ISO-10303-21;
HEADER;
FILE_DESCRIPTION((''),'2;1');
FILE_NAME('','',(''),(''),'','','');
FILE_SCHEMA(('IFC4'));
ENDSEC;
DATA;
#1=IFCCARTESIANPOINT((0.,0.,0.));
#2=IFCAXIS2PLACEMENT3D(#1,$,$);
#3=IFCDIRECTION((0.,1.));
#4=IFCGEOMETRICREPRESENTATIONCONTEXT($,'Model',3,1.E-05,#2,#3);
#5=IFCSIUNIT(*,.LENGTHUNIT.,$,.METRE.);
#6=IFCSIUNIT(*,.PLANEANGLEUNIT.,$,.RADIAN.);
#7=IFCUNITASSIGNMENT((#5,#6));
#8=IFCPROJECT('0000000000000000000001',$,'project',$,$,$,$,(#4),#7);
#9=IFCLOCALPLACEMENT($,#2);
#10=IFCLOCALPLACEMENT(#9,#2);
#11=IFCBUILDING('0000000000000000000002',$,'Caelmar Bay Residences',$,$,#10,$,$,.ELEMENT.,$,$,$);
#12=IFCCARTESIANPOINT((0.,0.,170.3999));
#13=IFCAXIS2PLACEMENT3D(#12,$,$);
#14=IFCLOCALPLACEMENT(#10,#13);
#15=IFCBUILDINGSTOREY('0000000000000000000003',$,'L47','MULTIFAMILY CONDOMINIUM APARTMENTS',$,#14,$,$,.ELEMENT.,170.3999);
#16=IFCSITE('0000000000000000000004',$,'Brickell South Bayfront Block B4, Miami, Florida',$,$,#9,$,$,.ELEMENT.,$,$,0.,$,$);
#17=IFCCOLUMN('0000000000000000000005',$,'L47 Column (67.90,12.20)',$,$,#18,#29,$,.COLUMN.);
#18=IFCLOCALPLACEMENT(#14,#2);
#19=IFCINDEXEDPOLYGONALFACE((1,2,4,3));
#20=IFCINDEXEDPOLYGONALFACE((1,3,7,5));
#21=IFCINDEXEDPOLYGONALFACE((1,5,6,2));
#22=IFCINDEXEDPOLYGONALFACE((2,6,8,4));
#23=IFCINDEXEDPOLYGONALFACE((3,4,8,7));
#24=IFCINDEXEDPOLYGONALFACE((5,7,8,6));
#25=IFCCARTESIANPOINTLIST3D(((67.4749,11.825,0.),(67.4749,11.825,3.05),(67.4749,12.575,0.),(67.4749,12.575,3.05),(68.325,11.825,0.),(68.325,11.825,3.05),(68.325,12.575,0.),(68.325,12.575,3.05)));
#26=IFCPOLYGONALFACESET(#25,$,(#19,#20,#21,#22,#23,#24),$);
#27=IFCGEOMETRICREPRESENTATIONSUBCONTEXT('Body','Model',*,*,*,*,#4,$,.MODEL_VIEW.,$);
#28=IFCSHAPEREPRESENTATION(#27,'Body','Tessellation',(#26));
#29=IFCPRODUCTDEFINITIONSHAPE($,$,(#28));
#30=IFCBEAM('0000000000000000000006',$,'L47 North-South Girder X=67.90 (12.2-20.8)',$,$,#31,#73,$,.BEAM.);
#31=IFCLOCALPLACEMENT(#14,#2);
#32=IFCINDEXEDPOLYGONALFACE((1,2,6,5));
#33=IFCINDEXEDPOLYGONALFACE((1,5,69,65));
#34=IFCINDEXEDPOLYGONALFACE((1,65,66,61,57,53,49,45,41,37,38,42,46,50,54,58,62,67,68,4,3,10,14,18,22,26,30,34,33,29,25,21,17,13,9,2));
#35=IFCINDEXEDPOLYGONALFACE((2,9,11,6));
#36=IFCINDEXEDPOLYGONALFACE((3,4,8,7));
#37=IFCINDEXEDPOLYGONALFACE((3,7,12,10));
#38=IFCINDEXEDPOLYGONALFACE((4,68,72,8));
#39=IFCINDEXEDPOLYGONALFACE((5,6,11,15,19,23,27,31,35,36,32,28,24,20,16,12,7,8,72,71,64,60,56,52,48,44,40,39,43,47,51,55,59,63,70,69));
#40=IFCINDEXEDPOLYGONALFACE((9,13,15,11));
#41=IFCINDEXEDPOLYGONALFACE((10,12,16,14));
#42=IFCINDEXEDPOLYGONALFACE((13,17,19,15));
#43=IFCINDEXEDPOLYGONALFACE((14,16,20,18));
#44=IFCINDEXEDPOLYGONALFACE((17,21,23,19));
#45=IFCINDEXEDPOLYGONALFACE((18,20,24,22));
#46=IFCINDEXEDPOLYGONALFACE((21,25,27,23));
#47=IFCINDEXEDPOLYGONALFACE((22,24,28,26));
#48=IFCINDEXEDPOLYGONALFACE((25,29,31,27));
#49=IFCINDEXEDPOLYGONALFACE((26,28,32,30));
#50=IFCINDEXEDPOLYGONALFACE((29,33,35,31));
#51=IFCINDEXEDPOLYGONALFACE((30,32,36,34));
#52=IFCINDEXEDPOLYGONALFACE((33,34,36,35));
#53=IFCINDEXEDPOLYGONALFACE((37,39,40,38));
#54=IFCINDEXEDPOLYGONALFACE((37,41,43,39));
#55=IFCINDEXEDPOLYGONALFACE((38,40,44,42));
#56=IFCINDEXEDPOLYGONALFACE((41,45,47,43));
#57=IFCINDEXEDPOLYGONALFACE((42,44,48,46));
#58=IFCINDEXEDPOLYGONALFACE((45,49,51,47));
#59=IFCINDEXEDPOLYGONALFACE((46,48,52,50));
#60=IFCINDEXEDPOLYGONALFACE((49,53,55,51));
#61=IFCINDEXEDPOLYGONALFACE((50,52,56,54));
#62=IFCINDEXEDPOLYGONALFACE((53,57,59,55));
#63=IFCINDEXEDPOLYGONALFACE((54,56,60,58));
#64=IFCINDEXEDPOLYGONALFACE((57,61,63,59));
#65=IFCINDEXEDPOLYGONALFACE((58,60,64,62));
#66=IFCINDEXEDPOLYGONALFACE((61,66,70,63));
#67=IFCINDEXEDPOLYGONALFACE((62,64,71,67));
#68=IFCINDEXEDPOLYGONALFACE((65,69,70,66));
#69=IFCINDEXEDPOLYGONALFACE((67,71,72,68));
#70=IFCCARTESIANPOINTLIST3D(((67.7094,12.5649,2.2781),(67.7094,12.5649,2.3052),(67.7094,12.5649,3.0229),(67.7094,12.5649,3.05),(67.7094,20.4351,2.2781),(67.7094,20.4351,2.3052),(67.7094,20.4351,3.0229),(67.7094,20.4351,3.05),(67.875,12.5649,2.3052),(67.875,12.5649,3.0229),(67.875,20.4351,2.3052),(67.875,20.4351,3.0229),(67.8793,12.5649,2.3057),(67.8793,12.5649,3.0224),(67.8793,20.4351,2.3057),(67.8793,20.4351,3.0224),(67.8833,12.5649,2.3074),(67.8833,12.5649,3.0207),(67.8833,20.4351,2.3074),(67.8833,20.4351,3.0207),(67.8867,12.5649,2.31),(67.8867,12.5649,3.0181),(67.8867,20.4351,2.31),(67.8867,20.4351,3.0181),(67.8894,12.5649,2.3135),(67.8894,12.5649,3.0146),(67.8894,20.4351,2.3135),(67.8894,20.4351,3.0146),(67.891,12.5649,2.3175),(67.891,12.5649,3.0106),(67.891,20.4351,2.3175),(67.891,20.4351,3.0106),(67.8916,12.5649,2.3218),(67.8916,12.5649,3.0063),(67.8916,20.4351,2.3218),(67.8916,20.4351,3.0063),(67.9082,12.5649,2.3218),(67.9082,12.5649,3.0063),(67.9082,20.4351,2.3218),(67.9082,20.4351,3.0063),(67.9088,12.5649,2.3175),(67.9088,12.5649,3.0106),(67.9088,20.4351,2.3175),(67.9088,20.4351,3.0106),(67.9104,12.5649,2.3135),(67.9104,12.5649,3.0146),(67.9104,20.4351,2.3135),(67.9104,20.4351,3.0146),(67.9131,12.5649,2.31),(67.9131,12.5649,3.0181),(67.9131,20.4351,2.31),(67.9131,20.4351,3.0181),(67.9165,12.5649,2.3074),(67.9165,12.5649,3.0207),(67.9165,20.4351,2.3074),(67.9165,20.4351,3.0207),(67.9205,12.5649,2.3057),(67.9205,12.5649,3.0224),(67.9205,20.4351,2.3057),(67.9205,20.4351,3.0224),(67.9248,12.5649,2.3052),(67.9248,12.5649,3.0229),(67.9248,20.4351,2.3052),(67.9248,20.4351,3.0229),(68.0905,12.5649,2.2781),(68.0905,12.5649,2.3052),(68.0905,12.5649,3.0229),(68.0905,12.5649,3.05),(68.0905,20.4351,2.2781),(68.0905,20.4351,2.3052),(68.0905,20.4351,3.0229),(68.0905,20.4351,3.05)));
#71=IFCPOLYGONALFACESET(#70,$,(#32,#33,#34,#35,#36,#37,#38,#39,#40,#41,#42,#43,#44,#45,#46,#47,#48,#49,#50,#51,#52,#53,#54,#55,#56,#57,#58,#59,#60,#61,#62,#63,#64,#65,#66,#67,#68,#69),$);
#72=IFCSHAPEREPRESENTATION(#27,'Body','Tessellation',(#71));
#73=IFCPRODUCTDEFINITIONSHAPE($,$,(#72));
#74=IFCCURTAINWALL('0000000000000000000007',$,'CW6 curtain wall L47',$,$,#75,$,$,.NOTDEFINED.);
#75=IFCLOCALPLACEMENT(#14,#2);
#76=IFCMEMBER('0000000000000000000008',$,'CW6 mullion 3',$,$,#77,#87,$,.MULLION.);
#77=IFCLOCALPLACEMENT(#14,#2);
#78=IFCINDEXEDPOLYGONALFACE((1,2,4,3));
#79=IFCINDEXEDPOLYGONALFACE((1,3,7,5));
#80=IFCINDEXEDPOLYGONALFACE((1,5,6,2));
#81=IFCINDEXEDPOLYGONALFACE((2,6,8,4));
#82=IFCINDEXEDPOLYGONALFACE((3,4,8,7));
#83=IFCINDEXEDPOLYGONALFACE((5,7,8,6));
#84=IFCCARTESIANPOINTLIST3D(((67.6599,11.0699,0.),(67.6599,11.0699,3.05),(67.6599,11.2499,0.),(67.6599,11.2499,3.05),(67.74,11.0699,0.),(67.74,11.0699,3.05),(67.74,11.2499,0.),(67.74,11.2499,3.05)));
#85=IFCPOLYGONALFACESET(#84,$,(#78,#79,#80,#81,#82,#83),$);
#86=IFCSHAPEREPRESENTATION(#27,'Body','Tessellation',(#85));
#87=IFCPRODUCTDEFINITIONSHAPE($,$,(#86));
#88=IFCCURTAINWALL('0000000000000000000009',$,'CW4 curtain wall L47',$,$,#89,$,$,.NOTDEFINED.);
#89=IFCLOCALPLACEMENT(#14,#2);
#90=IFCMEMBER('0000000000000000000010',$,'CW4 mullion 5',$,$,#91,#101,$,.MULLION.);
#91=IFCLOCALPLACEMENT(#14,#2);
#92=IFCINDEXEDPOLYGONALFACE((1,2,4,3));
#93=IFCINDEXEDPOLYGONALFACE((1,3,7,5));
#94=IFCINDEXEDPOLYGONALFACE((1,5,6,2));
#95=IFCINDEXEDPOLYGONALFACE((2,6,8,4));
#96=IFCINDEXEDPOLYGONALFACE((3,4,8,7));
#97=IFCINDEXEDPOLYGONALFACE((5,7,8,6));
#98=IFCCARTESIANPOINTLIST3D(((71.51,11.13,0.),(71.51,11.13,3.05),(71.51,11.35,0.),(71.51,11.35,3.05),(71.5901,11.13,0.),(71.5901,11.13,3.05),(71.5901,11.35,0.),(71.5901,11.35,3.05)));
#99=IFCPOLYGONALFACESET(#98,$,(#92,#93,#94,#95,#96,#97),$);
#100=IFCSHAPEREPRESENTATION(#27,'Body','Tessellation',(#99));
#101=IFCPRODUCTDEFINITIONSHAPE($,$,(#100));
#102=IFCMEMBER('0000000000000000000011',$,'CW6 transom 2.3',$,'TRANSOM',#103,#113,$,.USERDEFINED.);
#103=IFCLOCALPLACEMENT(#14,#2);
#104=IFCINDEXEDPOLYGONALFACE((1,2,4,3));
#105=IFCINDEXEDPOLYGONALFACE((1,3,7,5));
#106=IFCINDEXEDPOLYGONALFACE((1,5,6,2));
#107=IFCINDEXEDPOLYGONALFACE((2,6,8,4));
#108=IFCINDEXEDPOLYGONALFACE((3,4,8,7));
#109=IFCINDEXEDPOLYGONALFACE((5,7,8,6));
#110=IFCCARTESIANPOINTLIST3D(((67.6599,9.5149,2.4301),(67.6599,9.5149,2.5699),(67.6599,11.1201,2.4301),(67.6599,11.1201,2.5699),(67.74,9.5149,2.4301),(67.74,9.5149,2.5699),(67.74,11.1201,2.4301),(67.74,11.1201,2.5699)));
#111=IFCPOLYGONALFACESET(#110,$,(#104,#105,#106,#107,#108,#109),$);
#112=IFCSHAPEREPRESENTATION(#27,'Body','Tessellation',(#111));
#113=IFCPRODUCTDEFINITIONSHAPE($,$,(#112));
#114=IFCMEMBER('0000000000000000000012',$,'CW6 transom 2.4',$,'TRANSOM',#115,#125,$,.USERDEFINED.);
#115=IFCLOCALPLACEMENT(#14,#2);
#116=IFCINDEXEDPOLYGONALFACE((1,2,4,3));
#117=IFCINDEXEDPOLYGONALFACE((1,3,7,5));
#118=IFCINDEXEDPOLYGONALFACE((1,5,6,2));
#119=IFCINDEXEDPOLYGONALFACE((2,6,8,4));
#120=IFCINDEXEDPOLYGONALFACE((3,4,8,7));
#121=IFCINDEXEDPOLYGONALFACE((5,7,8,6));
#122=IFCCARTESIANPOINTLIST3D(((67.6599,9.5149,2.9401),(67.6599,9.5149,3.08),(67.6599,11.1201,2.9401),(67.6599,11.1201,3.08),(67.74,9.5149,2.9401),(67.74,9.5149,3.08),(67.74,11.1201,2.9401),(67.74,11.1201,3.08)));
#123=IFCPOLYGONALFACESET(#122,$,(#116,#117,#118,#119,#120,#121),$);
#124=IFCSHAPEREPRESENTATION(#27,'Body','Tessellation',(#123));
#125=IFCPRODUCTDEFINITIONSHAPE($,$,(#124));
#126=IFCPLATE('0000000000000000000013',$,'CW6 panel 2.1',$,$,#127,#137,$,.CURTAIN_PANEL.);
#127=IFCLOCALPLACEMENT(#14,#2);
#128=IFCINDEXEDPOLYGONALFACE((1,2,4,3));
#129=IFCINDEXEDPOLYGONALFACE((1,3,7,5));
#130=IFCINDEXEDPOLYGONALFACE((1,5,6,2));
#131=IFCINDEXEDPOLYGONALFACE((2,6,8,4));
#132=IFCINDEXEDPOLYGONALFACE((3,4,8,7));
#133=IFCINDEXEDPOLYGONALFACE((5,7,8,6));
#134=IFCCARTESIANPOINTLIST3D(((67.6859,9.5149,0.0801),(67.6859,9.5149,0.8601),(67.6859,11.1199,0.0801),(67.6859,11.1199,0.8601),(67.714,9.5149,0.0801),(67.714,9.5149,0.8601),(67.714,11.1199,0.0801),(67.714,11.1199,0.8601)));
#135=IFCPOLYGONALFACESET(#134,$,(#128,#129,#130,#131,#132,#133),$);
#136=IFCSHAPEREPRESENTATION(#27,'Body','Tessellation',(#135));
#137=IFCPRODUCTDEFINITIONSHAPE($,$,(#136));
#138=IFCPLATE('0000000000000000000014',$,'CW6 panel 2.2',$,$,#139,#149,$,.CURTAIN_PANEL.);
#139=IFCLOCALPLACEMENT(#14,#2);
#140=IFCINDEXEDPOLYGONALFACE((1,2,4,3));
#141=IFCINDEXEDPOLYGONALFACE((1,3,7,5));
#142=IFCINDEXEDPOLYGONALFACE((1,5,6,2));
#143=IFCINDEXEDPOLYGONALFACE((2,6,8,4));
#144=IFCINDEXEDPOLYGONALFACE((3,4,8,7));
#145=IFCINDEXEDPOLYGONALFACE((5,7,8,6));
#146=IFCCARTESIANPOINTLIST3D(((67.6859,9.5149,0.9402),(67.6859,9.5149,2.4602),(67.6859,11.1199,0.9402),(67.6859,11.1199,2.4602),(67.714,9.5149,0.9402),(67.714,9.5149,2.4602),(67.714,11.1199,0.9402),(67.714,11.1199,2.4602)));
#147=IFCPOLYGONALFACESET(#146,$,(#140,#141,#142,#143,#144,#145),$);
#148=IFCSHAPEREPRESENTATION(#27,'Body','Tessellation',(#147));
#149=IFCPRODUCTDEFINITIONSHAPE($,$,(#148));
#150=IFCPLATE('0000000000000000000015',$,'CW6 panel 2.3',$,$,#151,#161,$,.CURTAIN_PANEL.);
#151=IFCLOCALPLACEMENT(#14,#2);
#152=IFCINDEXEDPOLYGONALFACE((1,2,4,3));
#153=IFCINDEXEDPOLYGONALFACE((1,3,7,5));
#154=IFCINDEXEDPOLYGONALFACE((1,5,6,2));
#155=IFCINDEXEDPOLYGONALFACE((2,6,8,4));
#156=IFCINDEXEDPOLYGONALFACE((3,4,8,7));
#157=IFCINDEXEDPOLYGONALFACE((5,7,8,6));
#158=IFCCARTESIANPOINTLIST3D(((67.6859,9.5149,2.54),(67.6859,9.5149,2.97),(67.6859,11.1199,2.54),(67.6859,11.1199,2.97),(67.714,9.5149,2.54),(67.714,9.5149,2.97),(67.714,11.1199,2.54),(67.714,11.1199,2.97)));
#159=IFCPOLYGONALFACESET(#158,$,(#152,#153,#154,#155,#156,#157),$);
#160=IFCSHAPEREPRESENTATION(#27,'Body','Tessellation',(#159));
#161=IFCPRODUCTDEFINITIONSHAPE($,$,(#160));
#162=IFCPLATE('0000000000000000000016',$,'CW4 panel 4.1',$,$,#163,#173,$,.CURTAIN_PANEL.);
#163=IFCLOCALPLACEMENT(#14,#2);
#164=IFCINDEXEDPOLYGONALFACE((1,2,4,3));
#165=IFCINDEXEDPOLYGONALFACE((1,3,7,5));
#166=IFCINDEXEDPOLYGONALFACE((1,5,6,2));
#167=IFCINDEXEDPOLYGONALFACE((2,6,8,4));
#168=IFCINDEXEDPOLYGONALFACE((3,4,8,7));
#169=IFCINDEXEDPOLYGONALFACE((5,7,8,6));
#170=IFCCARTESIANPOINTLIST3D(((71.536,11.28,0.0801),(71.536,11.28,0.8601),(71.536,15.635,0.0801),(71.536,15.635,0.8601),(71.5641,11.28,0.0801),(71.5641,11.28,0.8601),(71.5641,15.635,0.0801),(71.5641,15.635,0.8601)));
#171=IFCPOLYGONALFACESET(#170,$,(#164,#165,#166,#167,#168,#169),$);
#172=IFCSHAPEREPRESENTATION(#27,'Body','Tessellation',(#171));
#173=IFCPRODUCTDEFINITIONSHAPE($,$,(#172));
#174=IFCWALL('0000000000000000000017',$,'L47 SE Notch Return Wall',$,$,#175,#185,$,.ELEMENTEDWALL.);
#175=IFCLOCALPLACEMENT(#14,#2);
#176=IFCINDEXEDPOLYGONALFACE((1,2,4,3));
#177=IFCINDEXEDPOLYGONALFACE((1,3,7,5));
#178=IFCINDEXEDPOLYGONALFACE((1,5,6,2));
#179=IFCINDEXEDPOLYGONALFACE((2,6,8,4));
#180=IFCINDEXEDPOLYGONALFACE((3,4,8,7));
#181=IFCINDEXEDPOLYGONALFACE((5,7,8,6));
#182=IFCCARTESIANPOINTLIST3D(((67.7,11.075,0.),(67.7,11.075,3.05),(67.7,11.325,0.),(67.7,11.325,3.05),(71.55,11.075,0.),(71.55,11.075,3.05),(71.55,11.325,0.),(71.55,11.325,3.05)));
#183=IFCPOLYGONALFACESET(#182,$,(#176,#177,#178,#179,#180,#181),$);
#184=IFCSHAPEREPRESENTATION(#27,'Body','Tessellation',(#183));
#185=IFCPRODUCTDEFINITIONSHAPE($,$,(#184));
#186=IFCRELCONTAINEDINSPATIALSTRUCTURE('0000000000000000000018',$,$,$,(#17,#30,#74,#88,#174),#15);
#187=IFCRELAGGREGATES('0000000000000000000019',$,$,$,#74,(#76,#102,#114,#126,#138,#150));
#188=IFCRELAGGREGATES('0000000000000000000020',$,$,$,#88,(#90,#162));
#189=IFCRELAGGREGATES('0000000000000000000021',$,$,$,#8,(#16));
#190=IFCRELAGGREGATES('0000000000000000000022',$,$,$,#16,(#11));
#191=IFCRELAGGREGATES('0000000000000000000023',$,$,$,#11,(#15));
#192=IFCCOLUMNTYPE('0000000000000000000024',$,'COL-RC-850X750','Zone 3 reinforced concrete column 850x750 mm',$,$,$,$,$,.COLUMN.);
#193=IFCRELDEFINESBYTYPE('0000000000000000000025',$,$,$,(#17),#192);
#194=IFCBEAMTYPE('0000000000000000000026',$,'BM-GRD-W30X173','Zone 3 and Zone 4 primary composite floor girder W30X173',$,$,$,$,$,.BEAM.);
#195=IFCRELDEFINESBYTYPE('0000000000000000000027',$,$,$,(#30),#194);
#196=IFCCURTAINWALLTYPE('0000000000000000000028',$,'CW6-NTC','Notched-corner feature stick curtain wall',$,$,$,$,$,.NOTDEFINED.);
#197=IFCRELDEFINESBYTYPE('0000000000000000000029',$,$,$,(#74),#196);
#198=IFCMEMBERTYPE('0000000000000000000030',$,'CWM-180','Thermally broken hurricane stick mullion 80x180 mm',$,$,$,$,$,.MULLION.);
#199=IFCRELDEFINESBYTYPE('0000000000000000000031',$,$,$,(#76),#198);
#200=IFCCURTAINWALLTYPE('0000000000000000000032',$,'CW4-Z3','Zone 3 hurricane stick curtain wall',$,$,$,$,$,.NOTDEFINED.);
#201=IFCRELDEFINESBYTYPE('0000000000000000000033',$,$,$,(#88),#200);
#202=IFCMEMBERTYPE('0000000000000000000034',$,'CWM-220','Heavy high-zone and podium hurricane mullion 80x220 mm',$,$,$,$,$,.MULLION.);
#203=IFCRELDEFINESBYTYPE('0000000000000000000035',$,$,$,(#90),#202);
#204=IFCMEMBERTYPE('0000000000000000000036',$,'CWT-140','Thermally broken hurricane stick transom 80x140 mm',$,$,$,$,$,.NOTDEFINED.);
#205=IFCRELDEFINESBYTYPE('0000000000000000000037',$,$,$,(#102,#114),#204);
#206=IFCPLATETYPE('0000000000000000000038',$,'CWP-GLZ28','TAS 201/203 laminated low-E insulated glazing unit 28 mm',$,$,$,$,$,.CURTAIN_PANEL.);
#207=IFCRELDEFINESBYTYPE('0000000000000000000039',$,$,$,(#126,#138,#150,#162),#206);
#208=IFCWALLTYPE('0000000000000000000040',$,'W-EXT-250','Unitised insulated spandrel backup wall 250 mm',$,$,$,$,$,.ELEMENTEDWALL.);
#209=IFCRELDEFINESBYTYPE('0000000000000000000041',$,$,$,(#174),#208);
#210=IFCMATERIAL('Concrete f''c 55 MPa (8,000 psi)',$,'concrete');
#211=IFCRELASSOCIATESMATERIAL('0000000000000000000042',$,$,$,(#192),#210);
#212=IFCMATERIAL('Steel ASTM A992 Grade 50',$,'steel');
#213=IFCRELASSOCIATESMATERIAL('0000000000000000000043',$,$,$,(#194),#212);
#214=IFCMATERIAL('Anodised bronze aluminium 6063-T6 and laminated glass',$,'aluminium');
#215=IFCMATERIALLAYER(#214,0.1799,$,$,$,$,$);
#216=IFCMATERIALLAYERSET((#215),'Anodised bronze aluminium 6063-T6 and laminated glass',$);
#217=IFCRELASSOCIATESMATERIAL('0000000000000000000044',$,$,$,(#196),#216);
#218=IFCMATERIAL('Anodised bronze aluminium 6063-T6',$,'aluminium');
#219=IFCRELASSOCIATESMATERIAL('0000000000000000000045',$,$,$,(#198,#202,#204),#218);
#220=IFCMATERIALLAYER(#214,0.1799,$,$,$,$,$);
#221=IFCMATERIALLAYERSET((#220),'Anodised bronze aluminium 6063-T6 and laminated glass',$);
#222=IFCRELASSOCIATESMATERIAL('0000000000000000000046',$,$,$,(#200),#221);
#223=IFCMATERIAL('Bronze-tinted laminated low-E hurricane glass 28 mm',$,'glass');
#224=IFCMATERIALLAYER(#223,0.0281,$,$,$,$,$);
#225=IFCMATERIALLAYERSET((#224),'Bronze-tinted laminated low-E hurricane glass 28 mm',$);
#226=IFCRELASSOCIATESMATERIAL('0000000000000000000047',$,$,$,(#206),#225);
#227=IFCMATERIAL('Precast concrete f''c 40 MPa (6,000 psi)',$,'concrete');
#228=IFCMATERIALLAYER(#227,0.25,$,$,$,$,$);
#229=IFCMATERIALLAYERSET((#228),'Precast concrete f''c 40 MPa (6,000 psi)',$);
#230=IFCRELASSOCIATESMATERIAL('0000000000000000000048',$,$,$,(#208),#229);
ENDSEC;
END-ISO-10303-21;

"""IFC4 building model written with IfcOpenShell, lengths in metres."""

from ifc_helpers import new_model, si_unit, direction, frame, frame_2d, origin, origin_2d, place, context, subcontext, project, spatial, rectangle, i_section, extrude, material, layer, layer_set, material_profile, profile_set, type_object, element, aggregate, save


model = new_model("IFC4")

# Units and contexts
model_context = context("Model", 3, precision=1e-05, world=origin(), true_north=direction((0.0, 1.0)))
body_context = subcontext(model_context, "Body", "Model", "MODEL_VIEW")
ifc_project = project(units=[si_unit("LENGTHUNIT", "METRE"), si_unit("PLANEANGLEUNIT", "RADIAN")], contexts=[model_context])

# Site, building, storey
site_placement = place(None, origin())
site = spatial("IfcSite", under=ifc_project, at=site_placement, Name="Brickell South Bayfront Block B4, Miami, Florida", CompositionType="ELEMENT", RefElevation=0.0)
building_placement = place(site_placement, origin())
building = spatial("IfcBuilding", under=site, at=building_placement, Name="Caelmar Bay Residences", CompositionType="ELEMENT")
storey_placement = place(building_placement, frame((0.0, 0.0, 170.3999)))
storey = spatial("IfcBuildingStorey", under=building, at=storey_placement, Name="L47", Description="MULTIFAMILY CONDOMINIUM APARTMENTS", CompositionType="ELEMENT", Elevation=170.3999)

# Column
ifc_material_1 = material(Name="Concrete f'c 55 MPa (8,000 psi)", Category="concrete")
ifc_material_profile_1 = material_profile(ifc_material_1, rectangle(XDim=0.8501, YDim=0.75, at=origin_2d()), Name="RC-COL-850X750")
ifc_profile_set_1 = profile_set([ifc_material_profile_1], Name="Concrete f'c 55 MPa (8,000 psi)")
column_type = type_object("IfcColumnType", Name="COL-RC-850X750", Description="Zone 3 reinforced concrete column 850x750 mm", PredefinedType="COLUMN", material=ifc_profile_set_1)
column_placement = place(storey_placement, frame((67.8999, 12.2, 0.0), z_axis=(0.0, 0.0, 1.0), x_axis=(1.0, 0.0, 0.0)))
element("IfcColumn", 1, at=column_placement, inside=storey, type_object=column_type, Name="L47 Column (67.90,12.20)", PredefinedType="COLUMN", context=body_context, shape_type="SweptSolid", body=[
    extrude(rectangle(XDim=0.8501, YDim=0.75, at=origin_2d()), origin(), (0.0, 0.0, 1.0), 3.05),
])

# Beam
ifc_material_2 = material(Name="Steel ASTM A992 Grade 50", Category="steel")
ifc_material_profile_2 = material_profile(ifc_material_2, i_section(OverallWidth=0.3811, OverallDepth=0.772, WebThickness=0.0166, FlangeThickness=0.0271, FilletRadius=0.0166, at=origin_2d()), Name="W30X173")
ifc_profile_set_2 = profile_set([ifc_material_profile_2], Name="Steel ASTM A992 Grade 50")
beam_type = type_object("IfcBeamType", Name="BM-GRD-W30X173", Description="Zone 3 and Zone 4 primary composite floor girder W30X173", PredefinedType="BEAM", material=ifc_profile_set_2)
beam_placement = place(storey_placement, frame((67.8999, 12.5649, 2.6641), z_axis=(0.0, 1.0, 0.0), x_axis=(-1.0, 0.0, 0.0)))
element("IfcBeam", 2, at=beam_placement, inside=storey, type_object=beam_type, Name="L47 North-South Girder X=67.90 (12.2-20.8)", PredefinedType="BEAM", context=body_context, shape_type="SweptSolid", body=[
    extrude(i_section(OverallWidth=0.3811, OverallDepth=0.772, WebThickness=0.0166, FlangeThickness=0.0271, FilletRadius=0.0166, at=origin_2d()), origin(), (0.0, 0.0, 1.0), 7.8701),
])

# Curtain walls, members
ifc_material_3 = material(Name="Anodised bronze aluminium 6063-T6 and laminated glass", Category="aluminium")
ifc_layer_1 = layer(ifc_material_3, 0.1799)
ifc_layer_set_1 = layer_set([ifc_layer_1], Name="Anodised bronze aluminium 6063-T6 and laminated glass")
curtain_wall_type_1 = type_object("IfcCurtainWallType", Name="CW6-NTC", Description="Notched-corner feature stick curtain wall", PredefinedType="NOTDEFINED", material=ifc_layer_set_1)
curtain_wall_1_placement = place(storey_placement, origin())
curtain_wall_1 = element("IfcCurtainWall", 3, at=curtain_wall_1_placement, inside=storey, type_object=curtain_wall_type_1, Name="CW6 curtain wall L47", PredefinedType="NOTDEFINED")
ifc_material_4 = material(Name="Anodised bronze aluminium 6063-T6", Category="aluminium")
ifc_material_profile_3 = material_profile(ifc_material_4, rectangle(XDim=0.0801, YDim=0.1799, at=origin_2d()), Name="CWM-80X180")
ifc_profile_set_3 = profile_set([ifc_material_profile_3], Name="Anodised bronze aluminium 6063-T6")
member_type_1 = type_object("IfcMemberType", Name="CWM-180", Description="Thermally broken hurricane stick mullion 80x180 mm", PredefinedType="MULLION", material=ifc_profile_set_3)
member_1_placement = place(storey_placement, frame((67.7, 11.1599, 0.0), z_axis=(0.0, 0.0, 1.0), x_axis=(-1.0, 0.0, 0.0)))
member_1 = element("IfcMember", 4, at=member_1_placement, type_object=member_type_1, Name="CW6 mullion 3", PredefinedType="MULLION", context=body_context, shape_type="SweptSolid", body=[
    extrude(rectangle(XDim=0.0801, YDim=0.1799, at=origin_2d()), origin(), (0.0, 0.0, 1.0), 3.05),
])
ifc_layer_2 = layer(ifc_material_3, 0.1799)
ifc_layer_set_2 = layer_set([ifc_layer_2], Name="Anodised bronze aluminium 6063-T6 and laminated glass")
curtain_wall_type_2 = type_object("IfcCurtainWallType", Name="CW4-Z3", Description="Zone 3 hurricane stick curtain wall", PredefinedType="NOTDEFINED", material=ifc_layer_set_2)
curtain_wall_2_placement = place(storey_placement, origin())
curtain_wall_2 = element("IfcCurtainWall", 5, at=curtain_wall_2_placement, inside=storey, type_object=curtain_wall_type_2, Name="CW4 curtain wall L47", PredefinedType="NOTDEFINED")
ifc_material_profile_4 = material_profile(ifc_material_4, rectangle(XDim=0.0801, YDim=0.22, at=origin_2d()), Name="CWM-80X220")
ifc_profile_set_4 = profile_set([ifc_material_profile_4], Name="Anodised bronze aluminium 6063-T6")
member_type_2 = type_object("IfcMemberType", Name="CWM-220", Description="Heavy high-zone and podium hurricane mullion 80x220 mm", PredefinedType="MULLION", material=ifc_profile_set_4)
member_2_placement = place(storey_placement, frame((71.55, 11.24, 0.0), z_axis=(0.0, 0.0, 1.0), x_axis=(1.0, 0.0, 0.0)))
member_2 = element("IfcMember", 6, at=member_2_placement, type_object=member_type_2, Name="CW4 mullion 5", PredefinedType="MULLION", context=body_context, shape_type="SweptSolid", body=[
    extrude(rectangle(XDim=0.0801, YDim=0.22, at=origin_2d()), origin(), (0.0, 0.0, 1.0), 3.05),
])

# Members
ifc_material_profile_5 = material_profile(ifc_material_4, rectangle(XDim=0.0801, YDim=0.1399, at=origin_2d()), Name="CWT-80X140")
ifc_profile_set_5 = profile_set([ifc_material_profile_5], Name="Anodised bronze aluminium 6063-T6")
member_type_3 = type_object("IfcMemberType", Name="CWT-140", Description="Thermally broken hurricane stick transom 80x140 mm", PredefinedType="NOTDEFINED", material=ifc_profile_set_5)
member_3_placement = place(storey_placement, frame((67.7, 9.5149, 2.5), z_axis=(0.0, 1.0, 0.0), x_axis=(-1.0, 0.0, 0.0)))
member_3 = element("IfcMember", 7, at=member_3_placement, type_object=member_type_3, Name="CW6 transom 2.3", ObjectType="TRANSOM", PredefinedType="USERDEFINED", context=body_context, shape_type="SweptSolid", body=[
    extrude(rectangle(XDim=0.0801, YDim=0.1399, at=origin_2d()), origin(), (0.0, 0.0, 1.0), 1.6052),
])
member_4_placement = place(storey_placement, frame((67.7, 9.5149, 3.01), z_axis=(0.0, 1.0, 0.0), x_axis=(-1.0, 0.0, 0.0)))
member_4 = element("IfcMember", 8, at=member_4_placement, type_object=member_type_3, Name="CW6 transom 2.4", ObjectType="TRANSOM", PredefinedType="USERDEFINED", context=body_context, shape_type="SweptSolid", body=[
    extrude(rectangle(XDim=0.0801, YDim=0.1399, at=origin_2d()), origin(), (0.0, 0.0, 1.0), 1.6052),
])

# Plates
ifc_material_5 = material(Name="Bronze-tinted laminated low-E hurricane glass 28 mm", Category="glass")
ifc_layer_3 = layer(ifc_material_5, 0.0281)
ifc_layer_set_3 = layer_set([ifc_layer_3], Name="Bronze-tinted laminated low-E hurricane glass 28 mm")
plate_type = type_object("IfcPlateType", Name="CWP-GLZ28", Description="TAS 201/203 laminated low-E insulated glazing unit 28 mm", PredefinedType="CURTAIN_PANEL", material=ifc_layer_set_3)
plate_1_placement = place(storey_placement, frame((67.7, 10.3174, 0.0801), z_axis=(0.0, 0.0, 1.0), x_axis=(0.0, 1.0, 0.0)))
plate_1 = element("IfcPlate", 9, at=plate_1_placement, type_object=plate_type, Name="CW6 panel 2.1", PredefinedType="CURTAIN_PANEL", context=body_context, shape_type="SweptSolid", body=[
    extrude(rectangle(XDim=1.605, YDim=0.0281, at=origin_2d()), origin(), (0.0, 0.0, 1.0), 0.78),
])
plate_2_placement = place(storey_placement, frame((67.7, 10.3174, 0.9402), z_axis=(0.0, 0.0, 1.0), x_axis=(0.0, 1.0, 0.0)))
plate_2 = element("IfcPlate", 10, at=plate_2_placement, type_object=plate_type, Name="CW6 panel 2.2", PredefinedType="CURTAIN_PANEL", context=body_context, shape_type="SweptSolid", body=[
    extrude(rectangle(XDim=1.605, YDim=0.0281, at=origin_2d()), origin(), (0.0, 0.0, 1.0), 1.52),
])
plate_3_placement = place(storey_placement, frame((67.7, 10.3174, 2.54), z_axis=(0.0, 0.0, 1.0), x_axis=(0.0, 1.0, 0.0)))
plate_3 = element("IfcPlate", 11, at=plate_3_placement, type_object=plate_type, Name="CW6 panel 2.3", PredefinedType="CURTAIN_PANEL", context=body_context, shape_type="SweptSolid", body=[
    extrude(rectangle(XDim=1.605, YDim=0.0281, at=origin_2d()), origin(), (0.0, 0.0, 1.0), 0.4299),
])
aggregate(curtain_wall_1, [member_1, member_3, member_4, plate_1, plate_2, plate_3])
plate_4_placement = place(storey_placement, frame((71.55, 13.4575, 0.0801), z_axis=(0.0, 0.0, 1.0), x_axis=(0.0, -1.0, 0.0)))
plate_4 = element("IfcPlate", 12, at=plate_4_placement, type_object=plate_type, Name="CW4 panel 4.1", PredefinedType="CURTAIN_PANEL", context=body_context, shape_type="SweptSolid", body=[
    extrude(rectangle(XDim=4.355, YDim=0.0281, at=origin_2d()), origin(), (0.0, 0.0, 1.0), 0.78),
])
aggregate(curtain_wall_2, [member_2, plate_4])

# Wall
ifc_material_6 = material(Name="Precast concrete f'c 40 MPa (6,000 psi)", Category="concrete")
ifc_layer_4 = layer(ifc_material_6, 0.25)
ifc_layer_set_4 = layer_set([ifc_layer_4], Name="Precast concrete f'c 40 MPa (6,000 psi)")
wall_type_1 = type_object("IfcWallType", Name="W-EXT-250", Description="Unitised insulated spandrel backup wall 250 mm", PredefinedType="ELEMENTEDWALL", material=ifc_layer_set_4)
wall_1_placement = place(storey_placement, frame((67.7, 11.2, 0.0), z_axis=(0.0, 0.0, 1.0), x_axis=(1.0, 0.0, 0.0)))
element("IfcWall", 13, at=wall_1_placement, inside=storey, type_object=wall_type_1, Name="L47 SE Notch Return Wall", PredefinedType="ELEMENTEDWALL", context=body_context, shape_type="SweptSolid", body=[
    extrude(rectangle(XDim=3.8501, YDim=0.25, at=frame_2d((1.925, 0.0))), origin(), (0.0, 0.0, 1.0), 3.05),
])

save(model, "model.ifc")
